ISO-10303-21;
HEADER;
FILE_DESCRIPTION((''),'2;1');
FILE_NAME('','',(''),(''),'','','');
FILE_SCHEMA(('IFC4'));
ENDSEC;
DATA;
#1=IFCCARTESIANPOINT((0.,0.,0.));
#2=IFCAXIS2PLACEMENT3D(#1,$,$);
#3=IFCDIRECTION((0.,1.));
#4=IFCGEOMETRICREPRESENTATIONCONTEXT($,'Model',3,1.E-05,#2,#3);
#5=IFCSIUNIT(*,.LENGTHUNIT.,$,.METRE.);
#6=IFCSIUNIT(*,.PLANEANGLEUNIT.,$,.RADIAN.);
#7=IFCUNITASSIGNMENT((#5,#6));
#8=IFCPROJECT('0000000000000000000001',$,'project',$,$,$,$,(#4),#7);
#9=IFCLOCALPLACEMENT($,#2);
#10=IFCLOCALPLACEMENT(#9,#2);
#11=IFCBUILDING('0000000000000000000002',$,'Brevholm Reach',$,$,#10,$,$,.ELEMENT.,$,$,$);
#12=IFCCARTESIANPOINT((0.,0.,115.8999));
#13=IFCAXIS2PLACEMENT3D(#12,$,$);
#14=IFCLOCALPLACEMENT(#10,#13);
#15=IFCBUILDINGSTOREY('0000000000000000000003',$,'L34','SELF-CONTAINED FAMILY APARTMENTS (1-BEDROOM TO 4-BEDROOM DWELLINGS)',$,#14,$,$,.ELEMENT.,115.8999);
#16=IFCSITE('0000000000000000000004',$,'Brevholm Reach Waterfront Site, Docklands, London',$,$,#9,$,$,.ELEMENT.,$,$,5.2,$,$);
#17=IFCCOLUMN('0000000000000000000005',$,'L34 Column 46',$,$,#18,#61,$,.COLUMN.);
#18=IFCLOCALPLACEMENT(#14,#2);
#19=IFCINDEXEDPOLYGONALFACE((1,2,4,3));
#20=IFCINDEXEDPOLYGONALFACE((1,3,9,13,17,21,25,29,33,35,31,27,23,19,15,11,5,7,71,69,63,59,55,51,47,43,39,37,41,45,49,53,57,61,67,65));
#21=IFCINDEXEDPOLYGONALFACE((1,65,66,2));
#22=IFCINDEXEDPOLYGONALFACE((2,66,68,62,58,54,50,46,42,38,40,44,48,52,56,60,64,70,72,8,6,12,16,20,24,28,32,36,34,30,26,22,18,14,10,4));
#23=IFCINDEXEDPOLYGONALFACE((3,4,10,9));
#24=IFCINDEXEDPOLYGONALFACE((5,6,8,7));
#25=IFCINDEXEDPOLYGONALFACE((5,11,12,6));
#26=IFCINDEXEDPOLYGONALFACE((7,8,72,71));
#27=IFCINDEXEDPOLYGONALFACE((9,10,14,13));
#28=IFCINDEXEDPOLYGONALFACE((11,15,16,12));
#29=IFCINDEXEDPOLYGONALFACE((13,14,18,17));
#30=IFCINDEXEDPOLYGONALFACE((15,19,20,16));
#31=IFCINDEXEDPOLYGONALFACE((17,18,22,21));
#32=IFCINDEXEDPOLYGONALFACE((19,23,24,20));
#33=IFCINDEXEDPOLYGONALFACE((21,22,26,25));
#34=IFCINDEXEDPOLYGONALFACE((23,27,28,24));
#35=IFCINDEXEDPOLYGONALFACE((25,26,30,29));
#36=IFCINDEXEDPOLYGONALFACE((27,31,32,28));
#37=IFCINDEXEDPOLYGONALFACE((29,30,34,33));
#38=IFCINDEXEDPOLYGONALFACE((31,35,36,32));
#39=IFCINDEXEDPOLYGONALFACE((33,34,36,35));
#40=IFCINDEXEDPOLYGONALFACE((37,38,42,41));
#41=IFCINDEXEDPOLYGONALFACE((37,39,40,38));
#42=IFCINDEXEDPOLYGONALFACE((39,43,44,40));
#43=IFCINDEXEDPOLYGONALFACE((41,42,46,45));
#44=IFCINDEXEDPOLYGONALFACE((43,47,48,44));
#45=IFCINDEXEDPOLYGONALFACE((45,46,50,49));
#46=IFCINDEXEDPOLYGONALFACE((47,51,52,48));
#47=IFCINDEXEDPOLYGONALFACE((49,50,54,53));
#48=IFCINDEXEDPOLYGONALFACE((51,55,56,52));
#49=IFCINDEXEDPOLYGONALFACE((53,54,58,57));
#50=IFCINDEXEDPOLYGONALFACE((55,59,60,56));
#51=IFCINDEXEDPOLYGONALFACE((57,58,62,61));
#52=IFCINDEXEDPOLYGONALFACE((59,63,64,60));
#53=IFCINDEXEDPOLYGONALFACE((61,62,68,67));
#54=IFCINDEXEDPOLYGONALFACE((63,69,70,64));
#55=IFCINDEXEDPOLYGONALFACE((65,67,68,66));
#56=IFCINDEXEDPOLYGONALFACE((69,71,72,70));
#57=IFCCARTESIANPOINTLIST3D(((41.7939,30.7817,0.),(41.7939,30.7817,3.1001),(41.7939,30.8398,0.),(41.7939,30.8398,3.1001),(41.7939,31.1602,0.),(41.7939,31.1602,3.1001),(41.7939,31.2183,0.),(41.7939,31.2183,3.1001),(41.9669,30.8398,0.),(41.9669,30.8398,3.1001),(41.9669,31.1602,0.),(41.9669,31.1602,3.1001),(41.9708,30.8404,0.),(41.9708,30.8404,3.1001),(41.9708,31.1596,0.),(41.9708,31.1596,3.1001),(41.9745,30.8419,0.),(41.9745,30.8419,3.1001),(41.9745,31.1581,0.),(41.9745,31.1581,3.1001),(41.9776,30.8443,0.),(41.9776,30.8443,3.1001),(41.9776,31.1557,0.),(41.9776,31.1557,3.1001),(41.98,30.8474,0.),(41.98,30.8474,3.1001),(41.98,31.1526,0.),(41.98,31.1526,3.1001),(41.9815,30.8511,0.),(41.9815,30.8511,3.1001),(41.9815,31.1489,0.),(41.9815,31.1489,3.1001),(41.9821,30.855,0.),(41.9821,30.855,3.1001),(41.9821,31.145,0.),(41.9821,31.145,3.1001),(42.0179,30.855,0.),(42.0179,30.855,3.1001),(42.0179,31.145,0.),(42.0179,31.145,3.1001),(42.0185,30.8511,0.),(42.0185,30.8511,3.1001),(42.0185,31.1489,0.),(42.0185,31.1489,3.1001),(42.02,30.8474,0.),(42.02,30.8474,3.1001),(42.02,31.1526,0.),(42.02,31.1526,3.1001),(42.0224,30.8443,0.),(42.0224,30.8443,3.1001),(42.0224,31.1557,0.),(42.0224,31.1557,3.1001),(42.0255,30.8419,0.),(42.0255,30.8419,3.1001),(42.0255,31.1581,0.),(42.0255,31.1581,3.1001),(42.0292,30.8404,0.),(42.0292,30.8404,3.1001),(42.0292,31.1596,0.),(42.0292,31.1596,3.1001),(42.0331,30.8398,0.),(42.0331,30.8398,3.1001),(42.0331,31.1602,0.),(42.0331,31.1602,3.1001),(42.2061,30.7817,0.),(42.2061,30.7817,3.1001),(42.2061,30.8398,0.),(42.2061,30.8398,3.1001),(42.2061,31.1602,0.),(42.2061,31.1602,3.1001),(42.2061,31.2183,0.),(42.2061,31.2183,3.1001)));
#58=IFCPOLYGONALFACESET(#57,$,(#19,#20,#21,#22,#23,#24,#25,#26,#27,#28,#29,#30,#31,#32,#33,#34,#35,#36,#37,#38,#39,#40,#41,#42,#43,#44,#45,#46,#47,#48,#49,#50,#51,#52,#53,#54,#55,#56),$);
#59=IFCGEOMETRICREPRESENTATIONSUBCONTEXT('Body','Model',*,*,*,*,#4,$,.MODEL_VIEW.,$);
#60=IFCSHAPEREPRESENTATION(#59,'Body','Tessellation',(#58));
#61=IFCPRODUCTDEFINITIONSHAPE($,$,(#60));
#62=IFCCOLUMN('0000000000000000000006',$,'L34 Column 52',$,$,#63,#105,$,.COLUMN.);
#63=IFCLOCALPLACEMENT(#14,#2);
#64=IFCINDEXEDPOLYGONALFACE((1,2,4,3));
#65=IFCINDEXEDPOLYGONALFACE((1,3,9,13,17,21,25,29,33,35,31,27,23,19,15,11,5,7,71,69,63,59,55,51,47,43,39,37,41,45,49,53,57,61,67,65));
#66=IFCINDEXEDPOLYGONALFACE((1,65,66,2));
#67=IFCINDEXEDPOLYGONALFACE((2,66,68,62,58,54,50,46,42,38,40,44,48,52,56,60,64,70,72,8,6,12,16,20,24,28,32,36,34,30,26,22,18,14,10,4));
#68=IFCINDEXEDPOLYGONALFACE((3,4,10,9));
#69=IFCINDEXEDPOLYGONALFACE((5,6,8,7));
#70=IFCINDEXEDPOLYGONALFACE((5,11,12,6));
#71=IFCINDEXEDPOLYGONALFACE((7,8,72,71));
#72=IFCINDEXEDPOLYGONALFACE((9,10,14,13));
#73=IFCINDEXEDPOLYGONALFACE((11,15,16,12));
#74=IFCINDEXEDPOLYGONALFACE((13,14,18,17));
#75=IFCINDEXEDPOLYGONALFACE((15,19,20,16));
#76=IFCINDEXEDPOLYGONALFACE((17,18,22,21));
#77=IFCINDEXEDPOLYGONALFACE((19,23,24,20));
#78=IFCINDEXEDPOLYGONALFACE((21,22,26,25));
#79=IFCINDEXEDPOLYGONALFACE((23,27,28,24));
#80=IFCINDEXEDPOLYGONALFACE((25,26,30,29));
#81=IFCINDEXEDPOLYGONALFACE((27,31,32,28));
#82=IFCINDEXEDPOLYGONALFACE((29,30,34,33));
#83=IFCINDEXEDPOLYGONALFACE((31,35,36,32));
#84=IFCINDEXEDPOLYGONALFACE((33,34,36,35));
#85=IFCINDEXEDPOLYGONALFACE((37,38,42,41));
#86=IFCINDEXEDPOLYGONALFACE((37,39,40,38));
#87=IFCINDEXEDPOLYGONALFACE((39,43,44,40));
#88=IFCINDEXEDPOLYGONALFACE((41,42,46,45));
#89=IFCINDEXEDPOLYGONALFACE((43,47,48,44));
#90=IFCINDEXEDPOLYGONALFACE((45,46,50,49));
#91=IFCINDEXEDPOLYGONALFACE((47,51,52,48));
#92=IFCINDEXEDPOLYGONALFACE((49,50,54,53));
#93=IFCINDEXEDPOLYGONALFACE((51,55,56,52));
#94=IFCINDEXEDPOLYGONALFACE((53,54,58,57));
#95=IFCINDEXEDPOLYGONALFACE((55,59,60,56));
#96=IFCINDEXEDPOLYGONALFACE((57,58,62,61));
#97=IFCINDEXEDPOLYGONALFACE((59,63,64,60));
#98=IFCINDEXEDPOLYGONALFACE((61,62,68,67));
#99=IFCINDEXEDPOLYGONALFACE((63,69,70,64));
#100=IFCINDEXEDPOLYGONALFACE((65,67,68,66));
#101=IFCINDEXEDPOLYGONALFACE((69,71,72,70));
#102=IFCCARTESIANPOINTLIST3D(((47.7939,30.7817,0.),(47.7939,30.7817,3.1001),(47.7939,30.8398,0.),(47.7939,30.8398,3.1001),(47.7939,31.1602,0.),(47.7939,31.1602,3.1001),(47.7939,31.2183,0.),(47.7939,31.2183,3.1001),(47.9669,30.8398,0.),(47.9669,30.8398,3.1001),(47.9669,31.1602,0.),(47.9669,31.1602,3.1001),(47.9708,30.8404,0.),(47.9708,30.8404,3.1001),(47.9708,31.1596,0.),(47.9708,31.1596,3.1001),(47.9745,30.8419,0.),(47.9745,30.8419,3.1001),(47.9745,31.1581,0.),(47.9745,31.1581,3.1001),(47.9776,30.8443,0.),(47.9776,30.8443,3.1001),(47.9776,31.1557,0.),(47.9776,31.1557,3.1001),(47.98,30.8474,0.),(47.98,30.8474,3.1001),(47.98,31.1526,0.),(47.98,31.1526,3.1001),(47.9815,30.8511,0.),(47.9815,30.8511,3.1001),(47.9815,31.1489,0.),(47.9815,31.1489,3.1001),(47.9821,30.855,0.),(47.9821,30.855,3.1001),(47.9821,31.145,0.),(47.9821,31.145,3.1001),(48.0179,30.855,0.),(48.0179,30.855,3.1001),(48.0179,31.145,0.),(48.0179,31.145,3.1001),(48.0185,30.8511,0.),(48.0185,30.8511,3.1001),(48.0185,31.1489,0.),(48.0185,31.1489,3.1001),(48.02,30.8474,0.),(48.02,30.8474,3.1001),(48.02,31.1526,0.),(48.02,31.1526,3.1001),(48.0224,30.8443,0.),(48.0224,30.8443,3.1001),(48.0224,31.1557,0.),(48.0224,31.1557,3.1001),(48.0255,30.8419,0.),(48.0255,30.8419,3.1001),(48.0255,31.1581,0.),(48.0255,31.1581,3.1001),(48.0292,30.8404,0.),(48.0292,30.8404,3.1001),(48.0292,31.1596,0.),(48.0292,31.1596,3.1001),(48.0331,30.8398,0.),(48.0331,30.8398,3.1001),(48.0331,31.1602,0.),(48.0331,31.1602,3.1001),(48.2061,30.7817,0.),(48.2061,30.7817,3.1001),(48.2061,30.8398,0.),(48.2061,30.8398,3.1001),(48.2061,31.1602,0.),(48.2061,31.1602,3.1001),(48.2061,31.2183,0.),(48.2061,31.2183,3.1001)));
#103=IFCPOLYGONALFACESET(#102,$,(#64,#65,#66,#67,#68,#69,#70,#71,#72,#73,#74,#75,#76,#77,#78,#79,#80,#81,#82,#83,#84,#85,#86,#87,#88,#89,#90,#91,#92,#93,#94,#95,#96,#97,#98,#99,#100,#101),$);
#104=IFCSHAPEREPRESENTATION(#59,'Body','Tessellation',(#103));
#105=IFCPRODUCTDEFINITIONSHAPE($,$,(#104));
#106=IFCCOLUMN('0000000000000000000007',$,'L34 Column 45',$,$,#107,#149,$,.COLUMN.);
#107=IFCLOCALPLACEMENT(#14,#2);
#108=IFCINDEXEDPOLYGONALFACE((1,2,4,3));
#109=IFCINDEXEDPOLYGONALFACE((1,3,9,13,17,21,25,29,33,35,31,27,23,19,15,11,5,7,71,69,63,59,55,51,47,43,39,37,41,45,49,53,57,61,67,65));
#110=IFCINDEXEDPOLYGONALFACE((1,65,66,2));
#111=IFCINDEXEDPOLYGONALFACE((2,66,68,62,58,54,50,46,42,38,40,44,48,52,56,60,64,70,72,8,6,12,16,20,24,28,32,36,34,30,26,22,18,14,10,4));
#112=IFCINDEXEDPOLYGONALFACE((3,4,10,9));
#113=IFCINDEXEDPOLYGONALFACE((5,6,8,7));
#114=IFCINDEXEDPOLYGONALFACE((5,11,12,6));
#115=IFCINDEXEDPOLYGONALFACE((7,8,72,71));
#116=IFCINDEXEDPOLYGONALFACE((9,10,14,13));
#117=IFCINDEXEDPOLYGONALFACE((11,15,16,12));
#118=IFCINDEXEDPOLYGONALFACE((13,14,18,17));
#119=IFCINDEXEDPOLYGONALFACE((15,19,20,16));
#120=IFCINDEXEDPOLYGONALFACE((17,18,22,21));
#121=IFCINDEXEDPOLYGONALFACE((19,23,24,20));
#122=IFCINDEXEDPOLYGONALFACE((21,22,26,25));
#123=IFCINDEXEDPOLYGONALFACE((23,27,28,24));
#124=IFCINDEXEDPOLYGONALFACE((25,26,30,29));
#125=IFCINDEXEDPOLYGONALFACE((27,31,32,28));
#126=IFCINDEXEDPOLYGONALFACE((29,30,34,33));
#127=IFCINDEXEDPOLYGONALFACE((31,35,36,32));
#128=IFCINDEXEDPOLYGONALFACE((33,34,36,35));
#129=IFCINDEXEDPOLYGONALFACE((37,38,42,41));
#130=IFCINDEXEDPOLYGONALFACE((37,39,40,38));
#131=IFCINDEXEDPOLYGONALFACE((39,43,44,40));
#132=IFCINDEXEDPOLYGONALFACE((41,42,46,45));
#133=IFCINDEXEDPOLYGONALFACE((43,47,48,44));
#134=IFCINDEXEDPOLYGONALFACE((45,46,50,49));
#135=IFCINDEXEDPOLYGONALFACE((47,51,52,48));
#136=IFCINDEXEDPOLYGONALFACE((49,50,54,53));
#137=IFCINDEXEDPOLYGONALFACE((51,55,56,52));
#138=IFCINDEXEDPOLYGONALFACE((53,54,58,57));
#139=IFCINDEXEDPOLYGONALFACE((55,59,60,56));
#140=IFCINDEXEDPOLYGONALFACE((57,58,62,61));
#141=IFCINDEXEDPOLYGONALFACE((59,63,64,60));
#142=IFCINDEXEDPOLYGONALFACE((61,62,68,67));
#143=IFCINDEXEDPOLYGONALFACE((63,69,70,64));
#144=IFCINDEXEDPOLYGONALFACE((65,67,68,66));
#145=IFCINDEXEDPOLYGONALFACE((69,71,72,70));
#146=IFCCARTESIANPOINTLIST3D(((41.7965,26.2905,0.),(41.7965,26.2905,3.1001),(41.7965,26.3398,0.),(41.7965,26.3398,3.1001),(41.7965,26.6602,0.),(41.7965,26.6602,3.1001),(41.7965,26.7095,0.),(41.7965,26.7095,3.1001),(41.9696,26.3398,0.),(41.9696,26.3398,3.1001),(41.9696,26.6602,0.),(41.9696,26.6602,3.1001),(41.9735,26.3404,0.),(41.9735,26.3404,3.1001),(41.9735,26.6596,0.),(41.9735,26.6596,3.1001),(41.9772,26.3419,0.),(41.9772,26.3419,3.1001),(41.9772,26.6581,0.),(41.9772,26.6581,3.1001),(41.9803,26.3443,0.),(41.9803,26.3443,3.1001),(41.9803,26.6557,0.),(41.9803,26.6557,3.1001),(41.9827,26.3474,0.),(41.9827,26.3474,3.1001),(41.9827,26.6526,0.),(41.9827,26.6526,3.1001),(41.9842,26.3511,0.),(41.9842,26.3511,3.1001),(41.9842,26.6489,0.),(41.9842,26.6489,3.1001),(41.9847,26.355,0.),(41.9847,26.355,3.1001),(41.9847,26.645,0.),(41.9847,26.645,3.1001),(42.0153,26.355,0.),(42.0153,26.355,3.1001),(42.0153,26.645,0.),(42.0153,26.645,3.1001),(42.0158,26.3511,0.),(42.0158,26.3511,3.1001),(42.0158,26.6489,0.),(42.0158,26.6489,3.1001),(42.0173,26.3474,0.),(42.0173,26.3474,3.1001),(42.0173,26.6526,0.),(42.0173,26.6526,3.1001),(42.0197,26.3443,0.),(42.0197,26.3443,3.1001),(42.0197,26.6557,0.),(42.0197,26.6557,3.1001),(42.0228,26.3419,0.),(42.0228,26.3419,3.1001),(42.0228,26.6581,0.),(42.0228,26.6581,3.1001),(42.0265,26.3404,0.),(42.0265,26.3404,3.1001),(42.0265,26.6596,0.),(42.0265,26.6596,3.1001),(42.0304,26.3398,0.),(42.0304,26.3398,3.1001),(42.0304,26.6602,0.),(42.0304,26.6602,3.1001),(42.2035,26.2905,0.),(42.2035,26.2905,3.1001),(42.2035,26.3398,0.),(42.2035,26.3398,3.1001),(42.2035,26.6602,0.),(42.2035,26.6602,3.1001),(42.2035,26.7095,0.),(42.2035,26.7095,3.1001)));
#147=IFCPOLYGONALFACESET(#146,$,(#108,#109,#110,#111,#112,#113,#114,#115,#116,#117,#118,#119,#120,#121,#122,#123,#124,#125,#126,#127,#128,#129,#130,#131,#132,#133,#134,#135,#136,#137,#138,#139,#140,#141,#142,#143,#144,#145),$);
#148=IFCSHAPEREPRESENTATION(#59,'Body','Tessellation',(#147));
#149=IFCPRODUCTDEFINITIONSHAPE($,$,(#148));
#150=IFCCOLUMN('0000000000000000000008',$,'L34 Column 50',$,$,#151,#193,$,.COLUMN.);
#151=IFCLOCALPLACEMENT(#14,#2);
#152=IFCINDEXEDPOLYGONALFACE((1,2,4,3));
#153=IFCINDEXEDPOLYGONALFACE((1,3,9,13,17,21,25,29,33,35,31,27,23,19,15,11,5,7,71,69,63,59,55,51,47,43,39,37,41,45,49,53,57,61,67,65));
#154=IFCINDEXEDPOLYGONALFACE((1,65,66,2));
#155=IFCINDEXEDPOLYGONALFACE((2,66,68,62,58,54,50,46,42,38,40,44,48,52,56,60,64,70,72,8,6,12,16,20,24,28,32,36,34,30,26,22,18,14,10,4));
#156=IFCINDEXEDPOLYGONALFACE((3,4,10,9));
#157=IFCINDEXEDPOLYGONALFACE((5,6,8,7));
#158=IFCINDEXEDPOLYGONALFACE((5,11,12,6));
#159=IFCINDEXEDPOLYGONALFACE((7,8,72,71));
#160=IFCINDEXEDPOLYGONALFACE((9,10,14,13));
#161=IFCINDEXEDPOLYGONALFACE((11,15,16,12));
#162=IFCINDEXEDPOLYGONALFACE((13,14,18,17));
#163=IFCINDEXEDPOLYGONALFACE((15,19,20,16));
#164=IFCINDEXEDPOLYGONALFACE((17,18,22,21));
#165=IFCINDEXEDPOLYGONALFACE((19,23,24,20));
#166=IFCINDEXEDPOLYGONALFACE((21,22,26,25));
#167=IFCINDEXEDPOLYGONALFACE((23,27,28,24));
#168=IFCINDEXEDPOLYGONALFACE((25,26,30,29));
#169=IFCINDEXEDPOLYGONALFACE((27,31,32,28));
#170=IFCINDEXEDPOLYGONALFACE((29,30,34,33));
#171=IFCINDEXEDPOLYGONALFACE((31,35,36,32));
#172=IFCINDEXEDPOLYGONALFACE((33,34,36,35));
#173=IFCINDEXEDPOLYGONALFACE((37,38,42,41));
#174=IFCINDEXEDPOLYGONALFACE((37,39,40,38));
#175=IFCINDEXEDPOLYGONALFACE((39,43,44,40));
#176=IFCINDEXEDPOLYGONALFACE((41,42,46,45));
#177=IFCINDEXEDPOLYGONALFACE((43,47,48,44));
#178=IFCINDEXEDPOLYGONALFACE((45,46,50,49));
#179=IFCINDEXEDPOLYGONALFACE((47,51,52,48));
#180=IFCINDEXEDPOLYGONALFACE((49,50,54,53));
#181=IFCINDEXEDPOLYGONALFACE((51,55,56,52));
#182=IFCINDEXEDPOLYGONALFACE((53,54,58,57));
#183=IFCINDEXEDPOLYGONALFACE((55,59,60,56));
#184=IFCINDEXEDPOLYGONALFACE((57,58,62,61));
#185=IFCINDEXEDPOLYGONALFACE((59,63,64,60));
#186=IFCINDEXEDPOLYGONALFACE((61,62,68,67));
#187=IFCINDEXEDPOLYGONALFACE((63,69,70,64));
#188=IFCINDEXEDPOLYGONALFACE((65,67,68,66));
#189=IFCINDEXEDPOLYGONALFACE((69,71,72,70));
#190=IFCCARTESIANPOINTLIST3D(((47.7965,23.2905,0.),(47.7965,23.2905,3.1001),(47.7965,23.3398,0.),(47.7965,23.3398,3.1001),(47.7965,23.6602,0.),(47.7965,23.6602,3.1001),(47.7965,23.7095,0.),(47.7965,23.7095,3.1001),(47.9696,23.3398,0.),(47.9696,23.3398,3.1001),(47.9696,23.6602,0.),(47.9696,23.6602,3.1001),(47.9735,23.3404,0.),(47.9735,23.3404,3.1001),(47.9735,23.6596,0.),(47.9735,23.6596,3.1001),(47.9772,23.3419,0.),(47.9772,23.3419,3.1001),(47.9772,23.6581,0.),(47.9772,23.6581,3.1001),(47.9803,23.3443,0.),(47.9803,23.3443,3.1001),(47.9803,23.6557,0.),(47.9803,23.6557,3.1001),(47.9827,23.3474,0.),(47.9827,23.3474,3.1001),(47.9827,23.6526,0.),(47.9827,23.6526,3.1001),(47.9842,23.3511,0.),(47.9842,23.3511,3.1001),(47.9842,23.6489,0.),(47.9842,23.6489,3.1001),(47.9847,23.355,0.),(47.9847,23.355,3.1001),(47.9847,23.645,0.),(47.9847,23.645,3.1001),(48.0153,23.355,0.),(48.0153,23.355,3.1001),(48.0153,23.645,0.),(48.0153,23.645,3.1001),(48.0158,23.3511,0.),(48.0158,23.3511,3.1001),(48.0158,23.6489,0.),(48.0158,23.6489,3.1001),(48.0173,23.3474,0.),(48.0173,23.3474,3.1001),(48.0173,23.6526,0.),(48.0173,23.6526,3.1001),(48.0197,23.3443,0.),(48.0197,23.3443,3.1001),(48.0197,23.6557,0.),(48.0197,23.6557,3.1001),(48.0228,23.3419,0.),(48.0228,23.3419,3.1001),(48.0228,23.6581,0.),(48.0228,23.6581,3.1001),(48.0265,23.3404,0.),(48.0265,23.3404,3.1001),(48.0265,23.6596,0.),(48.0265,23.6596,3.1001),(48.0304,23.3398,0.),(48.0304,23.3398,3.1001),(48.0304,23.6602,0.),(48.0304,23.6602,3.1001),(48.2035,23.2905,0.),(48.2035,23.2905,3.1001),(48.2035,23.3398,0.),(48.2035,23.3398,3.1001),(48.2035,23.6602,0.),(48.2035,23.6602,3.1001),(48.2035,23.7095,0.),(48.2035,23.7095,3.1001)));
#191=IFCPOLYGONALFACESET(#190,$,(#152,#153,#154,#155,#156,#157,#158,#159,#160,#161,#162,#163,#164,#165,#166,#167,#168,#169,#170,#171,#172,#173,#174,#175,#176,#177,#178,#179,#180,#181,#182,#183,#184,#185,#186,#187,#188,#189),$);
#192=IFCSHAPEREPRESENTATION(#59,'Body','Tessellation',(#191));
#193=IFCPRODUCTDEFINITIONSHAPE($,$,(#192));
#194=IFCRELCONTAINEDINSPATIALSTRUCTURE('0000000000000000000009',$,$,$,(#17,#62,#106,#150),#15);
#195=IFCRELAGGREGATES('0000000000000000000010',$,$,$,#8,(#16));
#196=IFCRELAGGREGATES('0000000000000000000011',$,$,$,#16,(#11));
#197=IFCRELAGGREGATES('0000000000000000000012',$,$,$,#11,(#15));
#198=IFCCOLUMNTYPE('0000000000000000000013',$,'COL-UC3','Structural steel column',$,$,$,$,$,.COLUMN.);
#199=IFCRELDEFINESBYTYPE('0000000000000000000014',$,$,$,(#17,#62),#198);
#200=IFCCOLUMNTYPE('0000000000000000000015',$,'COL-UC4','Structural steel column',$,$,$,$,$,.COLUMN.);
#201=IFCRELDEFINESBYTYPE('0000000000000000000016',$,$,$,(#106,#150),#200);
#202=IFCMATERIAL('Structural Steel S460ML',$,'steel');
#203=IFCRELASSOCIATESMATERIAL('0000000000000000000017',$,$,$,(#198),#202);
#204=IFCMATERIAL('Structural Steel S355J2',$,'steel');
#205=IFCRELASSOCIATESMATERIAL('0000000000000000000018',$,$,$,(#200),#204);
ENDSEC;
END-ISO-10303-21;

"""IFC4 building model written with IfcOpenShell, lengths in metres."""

from ifc_helpers import new_model, si_unit, direction, frame, origin, origin_2d, place, context, subcontext, project, spatial, i_section, extrude, material, material_profile, profile_set, type_object, element, save


model = new_model("IFC4")

# Units and contexts
model_context = context("Model", 3, precision=1e-05, world=origin(), true_north=direction((0.0, 1.0)))
body_context = subcontext(model_context, "Body", "Model", "MODEL_VIEW")
ifc_project = project(units=[si_unit("LENGTHUNIT", "METRE"), si_unit("PLANEANGLEUNIT", "RADIAN")], contexts=[model_context])

# Site, building, storey
site_placement = place(None, origin())
site = spatial("IfcSite", under=ifc_project, at=site_placement, Name="Brevholm Reach Waterfront Site, Docklands, London", CompositionType="ELEMENT", RefElevation=5.2)
building_placement = place(site_placement, origin())
building = spatial("IfcBuilding", under=site, at=building_placement, Name="Brevholm Reach", CompositionType="ELEMENT")
storey_placement = place(building_placement, frame((0.0, 0.0, 115.8999)))
storey = spatial("IfcBuildingStorey", under=building, at=storey_placement, Name="L34", Description="SELF-CONTAINED FAMILY APARTMENTS (1-BEDROOM TO 4-BEDROOM DWELLINGS)", CompositionType="ELEMENT", Elevation=115.8999)

# Columns
ifc_material_1 = material(Name="Structural Steel S460ML", Category="steel")
ifc_material_profile_1 = material_profile(ifc_material_1, i_section(OverallWidth=0.4121, OverallDepth=0.4365, WebThickness=0.0359, FlangeThickness=0.0581, FilletRadius=0.0151, at=origin_2d()), Name="UKC 356x406x467")
ifc_profile_set_1 = profile_set([ifc_material_profile_1], Name="Structural Steel S460ML")
column_type_1 = type_object("IfcColumnType", Name="COL-UC3", Description="Structural steel column", PredefinedType="COLUMN", material=ifc_profile_set_1)
for number, where, z_axis, x_axis, name in (
    (1, (42.0, 31.0, 0.0), (0.0, 0.0, 1.0), (1.0, 0.0, 0.0), "L34 Column 46"),
    (2, (48.0, 31.0, 0.0), (0.0, 0.0, 1.0), (1.0, 0.0, 0.0), "L34 Column 52"),
):
    element("IfcColumn", number, at=place(storey_placement, frame(where, z_axis=z_axis, x_axis=x_axis)), inside=storey, type_object=column_type_1, Name=name, PredefinedType="COLUMN", context=body_context, shape_type="SweptSolid", body=[
        extrude(i_section(OverallWidth=0.4121, OverallDepth=0.4365, WebThickness=0.0359, FlangeThickness=0.0581, FilletRadius=0.0151, at=origin_2d()), origin(), (0.0, 0.0, 1.0), 3.1001),
    ])
ifc_material_2 = material(Name="Structural Steel S355J2", Category="steel")
ifc_material_profile_2 = material_profile(ifc_material_2, i_section(OverallWidth=0.407, OverallDepth=0.4189, WebThickness=0.0305, FlangeThickness=0.0493, FilletRadius=0.0151, at=origin_2d()), Name="UKC 356x406x393")
ifc_profile_set_2 = profile_set([ifc_material_profile_2], Name="Structural Steel S355J2")
column_type_2 = type_object("IfcColumnType", Name="COL-UC4", Description="Structural steel column", PredefinedType="COLUMN", material=ifc_profile_set_2)
for number, where, z_axis, x_axis, name in (
    (3, (42.0, 26.5, 0.0), (0.0, 0.0, 1.0), (1.0, 0.0, 0.0), "L34 Column 45"),
    (4, (48.0, 23.5, 0.0), (0.0, 0.0, 1.0), (1.0, 0.0, 0.0), "L34 Column 50"),
):
    element("IfcColumn", number, at=place(storey_placement, frame(where, z_axis=z_axis, x_axis=x_axis)), inside=storey, type_object=column_type_2, Name=name, PredefinedType="COLUMN", context=body_context, shape_type="SweptSolid", body=[
        extrude(i_section(OverallWidth=0.407, OverallDepth=0.4189, WebThickness=0.0305, FlangeThickness=0.0493, FilletRadius=0.0151, at=origin_2d()), origin(), (0.0, 0.0, 1.0), 3.1001),
    ])

save(model, "model.ifc")
